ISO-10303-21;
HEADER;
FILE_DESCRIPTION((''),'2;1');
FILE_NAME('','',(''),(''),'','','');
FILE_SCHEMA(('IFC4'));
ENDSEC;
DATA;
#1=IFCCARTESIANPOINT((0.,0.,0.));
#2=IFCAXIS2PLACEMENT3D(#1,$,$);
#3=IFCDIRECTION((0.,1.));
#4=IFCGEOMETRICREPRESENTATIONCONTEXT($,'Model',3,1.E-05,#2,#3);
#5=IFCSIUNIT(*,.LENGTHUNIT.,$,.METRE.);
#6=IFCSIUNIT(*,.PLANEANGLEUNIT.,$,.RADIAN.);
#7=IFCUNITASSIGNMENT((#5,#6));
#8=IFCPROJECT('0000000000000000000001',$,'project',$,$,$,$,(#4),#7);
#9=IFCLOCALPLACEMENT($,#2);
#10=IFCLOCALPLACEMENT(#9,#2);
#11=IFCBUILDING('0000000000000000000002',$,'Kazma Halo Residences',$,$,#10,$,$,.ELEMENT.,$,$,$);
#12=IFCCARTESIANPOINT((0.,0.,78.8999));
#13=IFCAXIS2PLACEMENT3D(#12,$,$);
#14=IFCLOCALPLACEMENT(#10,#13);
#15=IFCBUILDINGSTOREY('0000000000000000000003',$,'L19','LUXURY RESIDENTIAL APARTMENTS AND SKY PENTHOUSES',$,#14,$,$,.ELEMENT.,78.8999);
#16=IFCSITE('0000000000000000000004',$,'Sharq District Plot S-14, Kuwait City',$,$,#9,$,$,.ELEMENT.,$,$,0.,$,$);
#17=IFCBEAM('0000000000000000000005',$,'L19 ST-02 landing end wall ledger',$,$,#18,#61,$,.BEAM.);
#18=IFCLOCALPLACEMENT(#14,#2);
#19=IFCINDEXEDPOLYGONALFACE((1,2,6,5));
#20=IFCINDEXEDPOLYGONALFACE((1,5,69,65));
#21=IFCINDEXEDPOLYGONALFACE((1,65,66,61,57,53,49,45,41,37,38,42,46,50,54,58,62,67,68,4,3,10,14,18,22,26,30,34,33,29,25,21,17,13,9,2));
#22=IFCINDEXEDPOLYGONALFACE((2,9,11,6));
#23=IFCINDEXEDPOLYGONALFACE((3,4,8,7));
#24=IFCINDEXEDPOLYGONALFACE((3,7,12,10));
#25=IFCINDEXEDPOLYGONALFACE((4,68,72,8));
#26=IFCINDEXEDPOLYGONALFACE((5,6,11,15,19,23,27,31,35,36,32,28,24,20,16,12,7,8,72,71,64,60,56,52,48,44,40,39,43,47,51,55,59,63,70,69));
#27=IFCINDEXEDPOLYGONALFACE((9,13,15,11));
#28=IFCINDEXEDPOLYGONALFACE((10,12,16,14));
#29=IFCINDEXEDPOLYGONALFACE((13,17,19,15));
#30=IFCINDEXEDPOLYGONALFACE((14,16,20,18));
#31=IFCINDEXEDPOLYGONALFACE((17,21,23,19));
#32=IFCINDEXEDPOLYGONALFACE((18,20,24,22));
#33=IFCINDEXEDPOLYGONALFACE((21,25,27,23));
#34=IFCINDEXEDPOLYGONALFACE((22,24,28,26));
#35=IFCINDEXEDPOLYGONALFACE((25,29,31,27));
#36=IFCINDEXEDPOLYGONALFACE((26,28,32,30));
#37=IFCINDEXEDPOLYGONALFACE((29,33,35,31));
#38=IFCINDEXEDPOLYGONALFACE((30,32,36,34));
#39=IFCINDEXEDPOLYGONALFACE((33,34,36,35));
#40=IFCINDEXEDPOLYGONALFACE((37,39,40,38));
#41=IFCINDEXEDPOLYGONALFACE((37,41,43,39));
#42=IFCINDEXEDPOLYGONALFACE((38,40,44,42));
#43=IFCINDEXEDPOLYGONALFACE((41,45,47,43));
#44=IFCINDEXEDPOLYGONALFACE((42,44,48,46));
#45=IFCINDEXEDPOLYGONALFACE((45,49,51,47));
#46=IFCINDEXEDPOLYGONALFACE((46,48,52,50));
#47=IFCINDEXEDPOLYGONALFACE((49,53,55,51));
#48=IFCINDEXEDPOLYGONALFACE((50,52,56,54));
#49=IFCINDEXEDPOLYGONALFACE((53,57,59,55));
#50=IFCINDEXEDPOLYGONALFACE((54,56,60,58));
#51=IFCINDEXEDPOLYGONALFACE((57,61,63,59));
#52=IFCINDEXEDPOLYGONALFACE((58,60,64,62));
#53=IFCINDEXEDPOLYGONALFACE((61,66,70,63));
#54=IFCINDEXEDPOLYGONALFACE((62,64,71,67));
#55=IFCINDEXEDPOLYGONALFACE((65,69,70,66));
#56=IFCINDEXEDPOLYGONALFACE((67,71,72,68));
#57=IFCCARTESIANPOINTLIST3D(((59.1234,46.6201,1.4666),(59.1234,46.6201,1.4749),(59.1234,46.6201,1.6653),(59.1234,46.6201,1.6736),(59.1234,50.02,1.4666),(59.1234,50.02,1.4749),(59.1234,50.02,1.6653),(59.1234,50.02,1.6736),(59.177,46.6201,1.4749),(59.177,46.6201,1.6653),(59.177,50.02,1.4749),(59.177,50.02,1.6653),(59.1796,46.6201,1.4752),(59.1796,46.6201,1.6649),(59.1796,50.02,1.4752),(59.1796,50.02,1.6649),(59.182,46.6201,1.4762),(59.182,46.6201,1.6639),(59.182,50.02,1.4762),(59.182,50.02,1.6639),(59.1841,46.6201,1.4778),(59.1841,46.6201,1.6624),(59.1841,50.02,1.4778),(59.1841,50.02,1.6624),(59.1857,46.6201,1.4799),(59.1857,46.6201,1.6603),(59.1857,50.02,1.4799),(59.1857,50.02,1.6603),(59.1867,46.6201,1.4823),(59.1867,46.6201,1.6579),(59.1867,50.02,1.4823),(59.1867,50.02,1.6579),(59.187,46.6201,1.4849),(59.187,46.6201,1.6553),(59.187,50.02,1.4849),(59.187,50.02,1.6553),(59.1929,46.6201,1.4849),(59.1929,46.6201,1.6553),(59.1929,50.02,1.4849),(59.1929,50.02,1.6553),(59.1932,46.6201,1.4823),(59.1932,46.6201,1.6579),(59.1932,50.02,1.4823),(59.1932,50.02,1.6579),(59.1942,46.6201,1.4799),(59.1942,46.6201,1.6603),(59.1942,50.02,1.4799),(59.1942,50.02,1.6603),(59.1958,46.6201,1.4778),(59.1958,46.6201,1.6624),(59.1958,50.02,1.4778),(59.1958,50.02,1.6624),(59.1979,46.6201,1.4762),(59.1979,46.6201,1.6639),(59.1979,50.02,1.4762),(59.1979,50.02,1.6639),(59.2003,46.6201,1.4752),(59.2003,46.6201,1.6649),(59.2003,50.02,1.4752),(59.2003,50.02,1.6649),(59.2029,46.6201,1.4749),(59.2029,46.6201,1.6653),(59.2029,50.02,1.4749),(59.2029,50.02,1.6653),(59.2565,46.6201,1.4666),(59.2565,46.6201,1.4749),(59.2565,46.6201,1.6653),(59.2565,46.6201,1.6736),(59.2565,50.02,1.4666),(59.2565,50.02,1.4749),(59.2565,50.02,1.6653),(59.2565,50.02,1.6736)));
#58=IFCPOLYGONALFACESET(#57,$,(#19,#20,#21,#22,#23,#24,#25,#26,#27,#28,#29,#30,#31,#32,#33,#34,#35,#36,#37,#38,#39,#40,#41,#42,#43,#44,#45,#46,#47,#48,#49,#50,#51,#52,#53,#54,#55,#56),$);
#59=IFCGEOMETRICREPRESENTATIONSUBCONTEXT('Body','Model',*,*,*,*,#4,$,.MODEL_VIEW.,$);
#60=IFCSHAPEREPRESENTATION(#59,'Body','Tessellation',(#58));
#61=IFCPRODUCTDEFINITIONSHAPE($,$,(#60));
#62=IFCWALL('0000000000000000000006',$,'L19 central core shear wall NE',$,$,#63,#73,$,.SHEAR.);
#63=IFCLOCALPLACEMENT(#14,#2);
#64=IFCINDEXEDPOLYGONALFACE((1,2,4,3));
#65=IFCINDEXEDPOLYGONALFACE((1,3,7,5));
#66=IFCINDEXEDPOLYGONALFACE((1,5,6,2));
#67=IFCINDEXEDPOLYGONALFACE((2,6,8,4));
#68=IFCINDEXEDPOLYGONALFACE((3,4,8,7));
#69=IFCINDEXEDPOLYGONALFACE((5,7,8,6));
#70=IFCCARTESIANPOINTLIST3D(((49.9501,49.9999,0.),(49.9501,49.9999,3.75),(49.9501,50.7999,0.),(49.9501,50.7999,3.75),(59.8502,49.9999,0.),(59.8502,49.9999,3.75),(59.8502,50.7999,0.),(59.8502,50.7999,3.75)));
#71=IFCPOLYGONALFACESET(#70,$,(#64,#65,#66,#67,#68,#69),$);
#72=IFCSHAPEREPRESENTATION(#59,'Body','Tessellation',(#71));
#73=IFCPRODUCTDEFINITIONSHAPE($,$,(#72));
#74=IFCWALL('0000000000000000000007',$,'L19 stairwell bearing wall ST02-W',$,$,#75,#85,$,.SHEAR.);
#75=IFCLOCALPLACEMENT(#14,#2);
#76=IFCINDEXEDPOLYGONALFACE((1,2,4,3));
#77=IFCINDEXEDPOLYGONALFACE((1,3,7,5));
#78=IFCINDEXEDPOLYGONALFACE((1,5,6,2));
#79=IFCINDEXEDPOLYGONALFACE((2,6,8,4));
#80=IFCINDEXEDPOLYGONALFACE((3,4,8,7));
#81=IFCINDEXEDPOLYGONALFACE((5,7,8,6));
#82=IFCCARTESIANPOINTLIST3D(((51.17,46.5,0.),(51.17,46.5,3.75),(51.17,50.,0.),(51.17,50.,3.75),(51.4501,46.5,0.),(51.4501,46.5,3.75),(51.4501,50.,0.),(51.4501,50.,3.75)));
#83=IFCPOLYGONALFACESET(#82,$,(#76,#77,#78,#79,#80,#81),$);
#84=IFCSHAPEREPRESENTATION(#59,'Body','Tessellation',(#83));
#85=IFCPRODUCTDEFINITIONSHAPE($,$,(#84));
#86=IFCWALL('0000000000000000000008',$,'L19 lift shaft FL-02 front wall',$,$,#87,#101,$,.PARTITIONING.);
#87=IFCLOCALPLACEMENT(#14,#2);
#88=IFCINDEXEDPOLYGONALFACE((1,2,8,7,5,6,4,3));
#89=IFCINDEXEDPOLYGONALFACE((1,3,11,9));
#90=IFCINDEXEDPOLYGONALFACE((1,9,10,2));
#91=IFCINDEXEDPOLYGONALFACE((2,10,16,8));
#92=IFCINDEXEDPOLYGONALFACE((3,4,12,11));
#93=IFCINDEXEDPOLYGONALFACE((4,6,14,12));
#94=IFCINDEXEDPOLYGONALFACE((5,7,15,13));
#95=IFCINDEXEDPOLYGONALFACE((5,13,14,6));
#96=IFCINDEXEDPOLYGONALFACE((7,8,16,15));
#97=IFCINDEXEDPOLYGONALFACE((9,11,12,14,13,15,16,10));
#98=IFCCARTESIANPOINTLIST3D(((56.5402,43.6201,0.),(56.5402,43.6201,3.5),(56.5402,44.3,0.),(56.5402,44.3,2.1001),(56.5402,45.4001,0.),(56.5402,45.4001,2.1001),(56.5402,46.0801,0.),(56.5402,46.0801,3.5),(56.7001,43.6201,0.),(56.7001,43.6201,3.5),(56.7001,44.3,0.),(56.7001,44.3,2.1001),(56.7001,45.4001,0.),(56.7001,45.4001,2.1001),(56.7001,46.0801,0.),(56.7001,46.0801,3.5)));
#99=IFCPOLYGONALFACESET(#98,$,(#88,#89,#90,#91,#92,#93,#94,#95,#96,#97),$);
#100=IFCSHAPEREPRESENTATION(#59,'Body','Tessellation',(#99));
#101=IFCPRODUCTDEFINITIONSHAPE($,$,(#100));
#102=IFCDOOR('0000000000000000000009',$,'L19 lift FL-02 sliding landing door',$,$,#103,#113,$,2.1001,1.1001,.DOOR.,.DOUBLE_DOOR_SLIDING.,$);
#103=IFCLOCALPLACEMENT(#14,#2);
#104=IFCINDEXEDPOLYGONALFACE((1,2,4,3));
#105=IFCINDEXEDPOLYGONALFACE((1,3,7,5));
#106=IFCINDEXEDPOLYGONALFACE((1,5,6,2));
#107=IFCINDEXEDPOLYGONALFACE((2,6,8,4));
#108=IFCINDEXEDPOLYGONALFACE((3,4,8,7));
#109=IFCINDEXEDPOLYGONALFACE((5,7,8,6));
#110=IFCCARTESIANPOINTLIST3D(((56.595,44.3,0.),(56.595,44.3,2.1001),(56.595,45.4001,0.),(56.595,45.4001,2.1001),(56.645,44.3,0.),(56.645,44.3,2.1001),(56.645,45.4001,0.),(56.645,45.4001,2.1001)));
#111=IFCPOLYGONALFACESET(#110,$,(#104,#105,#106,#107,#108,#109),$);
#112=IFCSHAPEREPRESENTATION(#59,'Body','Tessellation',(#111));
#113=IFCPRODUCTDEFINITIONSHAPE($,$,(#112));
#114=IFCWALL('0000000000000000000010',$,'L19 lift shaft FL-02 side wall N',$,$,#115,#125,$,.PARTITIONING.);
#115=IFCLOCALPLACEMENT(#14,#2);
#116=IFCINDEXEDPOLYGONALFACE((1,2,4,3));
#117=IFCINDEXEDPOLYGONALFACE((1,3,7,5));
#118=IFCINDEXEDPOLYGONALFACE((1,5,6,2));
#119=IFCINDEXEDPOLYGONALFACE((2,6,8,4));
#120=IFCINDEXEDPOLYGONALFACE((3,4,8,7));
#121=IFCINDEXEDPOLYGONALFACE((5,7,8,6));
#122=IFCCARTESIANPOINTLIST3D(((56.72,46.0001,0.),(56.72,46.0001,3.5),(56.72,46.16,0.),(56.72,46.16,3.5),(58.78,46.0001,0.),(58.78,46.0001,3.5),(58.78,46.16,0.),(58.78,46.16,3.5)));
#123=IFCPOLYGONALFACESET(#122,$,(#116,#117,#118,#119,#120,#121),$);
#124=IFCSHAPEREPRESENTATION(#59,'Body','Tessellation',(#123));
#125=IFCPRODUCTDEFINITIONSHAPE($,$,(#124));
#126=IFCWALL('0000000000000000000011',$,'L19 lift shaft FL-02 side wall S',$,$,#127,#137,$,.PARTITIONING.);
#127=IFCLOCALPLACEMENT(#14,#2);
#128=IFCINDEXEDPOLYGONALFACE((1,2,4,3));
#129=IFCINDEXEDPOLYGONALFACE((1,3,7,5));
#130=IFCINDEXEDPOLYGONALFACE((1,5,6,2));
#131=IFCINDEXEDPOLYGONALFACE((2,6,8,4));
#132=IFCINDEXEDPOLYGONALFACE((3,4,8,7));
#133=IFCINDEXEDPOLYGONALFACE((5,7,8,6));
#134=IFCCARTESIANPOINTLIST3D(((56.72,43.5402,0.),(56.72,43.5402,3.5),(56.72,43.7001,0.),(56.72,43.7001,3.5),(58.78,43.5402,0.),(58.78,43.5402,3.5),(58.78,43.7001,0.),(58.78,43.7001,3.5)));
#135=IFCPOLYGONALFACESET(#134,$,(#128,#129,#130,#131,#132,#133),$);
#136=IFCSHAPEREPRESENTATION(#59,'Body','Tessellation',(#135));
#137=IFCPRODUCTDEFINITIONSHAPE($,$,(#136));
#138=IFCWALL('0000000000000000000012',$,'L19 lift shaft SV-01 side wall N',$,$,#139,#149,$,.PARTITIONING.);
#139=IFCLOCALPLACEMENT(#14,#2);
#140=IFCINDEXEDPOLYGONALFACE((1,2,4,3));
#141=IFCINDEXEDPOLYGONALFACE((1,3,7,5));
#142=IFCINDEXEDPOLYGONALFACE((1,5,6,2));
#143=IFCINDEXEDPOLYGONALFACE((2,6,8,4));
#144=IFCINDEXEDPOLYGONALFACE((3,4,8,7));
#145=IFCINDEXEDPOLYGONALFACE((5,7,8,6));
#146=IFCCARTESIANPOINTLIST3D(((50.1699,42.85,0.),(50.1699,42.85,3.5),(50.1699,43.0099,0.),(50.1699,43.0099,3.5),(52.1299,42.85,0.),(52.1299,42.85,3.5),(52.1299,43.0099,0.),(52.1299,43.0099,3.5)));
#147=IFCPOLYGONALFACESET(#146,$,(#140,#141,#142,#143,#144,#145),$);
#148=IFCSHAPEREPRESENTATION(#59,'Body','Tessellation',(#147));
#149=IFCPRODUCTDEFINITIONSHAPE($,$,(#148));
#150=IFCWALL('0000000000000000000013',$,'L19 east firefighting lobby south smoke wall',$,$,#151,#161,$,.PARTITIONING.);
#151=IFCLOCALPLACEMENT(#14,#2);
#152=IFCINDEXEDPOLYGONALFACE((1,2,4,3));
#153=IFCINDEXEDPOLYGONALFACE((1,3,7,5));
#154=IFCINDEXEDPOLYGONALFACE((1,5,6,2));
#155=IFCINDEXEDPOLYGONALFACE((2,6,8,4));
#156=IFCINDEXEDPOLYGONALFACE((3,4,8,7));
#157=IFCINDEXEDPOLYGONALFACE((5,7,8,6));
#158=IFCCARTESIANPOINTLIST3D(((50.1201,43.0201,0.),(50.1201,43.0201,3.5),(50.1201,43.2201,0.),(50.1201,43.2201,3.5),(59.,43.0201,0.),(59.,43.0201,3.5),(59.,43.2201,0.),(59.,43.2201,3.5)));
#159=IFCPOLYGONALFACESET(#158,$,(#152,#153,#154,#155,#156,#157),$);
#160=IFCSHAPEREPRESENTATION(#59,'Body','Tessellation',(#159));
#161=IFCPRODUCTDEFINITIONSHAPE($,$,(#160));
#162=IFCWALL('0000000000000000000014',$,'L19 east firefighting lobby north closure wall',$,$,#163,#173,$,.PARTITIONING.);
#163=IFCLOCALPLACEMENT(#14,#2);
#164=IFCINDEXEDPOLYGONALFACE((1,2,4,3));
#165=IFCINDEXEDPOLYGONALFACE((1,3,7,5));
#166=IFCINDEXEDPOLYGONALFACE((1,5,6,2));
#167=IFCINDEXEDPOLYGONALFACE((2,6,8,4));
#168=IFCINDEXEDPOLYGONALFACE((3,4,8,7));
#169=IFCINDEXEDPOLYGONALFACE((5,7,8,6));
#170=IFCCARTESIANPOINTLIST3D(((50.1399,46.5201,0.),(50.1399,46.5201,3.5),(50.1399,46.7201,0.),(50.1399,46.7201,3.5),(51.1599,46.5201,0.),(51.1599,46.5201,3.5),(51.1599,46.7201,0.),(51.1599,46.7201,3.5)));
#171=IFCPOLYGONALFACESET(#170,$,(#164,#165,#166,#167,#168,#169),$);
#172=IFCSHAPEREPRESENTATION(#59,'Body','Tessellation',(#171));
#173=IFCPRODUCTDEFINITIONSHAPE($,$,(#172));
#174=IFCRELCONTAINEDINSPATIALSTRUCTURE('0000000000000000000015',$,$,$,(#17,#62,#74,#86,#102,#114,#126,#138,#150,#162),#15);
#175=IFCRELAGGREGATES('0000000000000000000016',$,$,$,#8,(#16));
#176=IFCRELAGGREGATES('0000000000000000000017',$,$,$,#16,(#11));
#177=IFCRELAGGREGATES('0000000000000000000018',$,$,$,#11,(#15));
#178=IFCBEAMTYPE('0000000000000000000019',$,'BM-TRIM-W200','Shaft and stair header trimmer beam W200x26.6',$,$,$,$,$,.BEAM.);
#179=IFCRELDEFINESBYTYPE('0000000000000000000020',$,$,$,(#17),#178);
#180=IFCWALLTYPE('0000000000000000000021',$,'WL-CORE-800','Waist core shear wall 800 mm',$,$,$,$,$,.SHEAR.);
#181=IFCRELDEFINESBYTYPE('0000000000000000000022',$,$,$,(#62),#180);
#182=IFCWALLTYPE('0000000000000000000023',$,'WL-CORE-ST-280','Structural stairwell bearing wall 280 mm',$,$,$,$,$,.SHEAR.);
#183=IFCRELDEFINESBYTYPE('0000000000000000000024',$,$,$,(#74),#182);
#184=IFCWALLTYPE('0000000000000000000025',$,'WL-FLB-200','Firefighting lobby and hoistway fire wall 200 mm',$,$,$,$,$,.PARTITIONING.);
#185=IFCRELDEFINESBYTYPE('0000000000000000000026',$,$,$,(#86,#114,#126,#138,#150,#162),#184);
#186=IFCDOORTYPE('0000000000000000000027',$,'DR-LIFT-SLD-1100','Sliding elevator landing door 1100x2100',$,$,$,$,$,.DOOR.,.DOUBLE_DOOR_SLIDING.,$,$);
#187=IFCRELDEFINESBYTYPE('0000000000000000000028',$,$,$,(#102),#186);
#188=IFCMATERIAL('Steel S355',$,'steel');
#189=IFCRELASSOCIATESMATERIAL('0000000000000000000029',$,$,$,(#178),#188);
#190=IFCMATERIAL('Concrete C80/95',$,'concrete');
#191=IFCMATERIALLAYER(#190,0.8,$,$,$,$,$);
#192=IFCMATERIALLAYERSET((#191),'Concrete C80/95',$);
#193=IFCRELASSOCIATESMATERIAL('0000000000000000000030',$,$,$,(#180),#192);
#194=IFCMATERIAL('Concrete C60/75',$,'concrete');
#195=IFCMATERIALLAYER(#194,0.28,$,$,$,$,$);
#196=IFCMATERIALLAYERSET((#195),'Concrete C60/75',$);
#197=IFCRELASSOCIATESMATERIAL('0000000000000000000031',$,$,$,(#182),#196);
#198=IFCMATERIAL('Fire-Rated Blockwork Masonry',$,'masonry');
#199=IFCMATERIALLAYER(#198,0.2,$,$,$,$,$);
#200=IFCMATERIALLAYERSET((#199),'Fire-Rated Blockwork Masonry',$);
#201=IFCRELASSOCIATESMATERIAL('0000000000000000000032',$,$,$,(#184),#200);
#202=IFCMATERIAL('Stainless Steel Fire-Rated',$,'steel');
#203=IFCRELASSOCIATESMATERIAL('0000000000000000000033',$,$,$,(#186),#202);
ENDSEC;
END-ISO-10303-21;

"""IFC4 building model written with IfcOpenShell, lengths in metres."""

from ifc_helpers import new_model, si_unit, direction, frame, frame_2d, origin, origin_2d, place, context, subcontext, project, spatial, rectangle, i_section, extrude, material, layer, layer_set, material_profile, profile_set, type_object, element, fill, save


model = new_model("IFC4")

# Units and contexts
model_context = context("Model", 3, precision=1e-05, world=origin(), true_north=direction((0.0, 1.0)))
body_context = subcontext(model_context, "Body", "Model", "MODEL_VIEW")
ifc_project = project(units=[si_unit("LENGTHUNIT", "METRE"), si_unit("PLANEANGLEUNIT", "RADIAN")], contexts=[model_context])

# Site, building, storey
site_placement = place(None, origin())
site = spatial("IfcSite", under=ifc_project, at=site_placement, Name="Sharq District Plot S-14, Kuwait City", CompositionType="ELEMENT", RefElevation=0.0)
building_placement = place(site_placement, origin())
building = spatial("IfcBuilding", under=site, at=building_placement, Name="Kazma Halo Residences", CompositionType="ELEMENT")
storey_placement = place(building_placement, frame((0.0, 0.0, 78.8999)))
storey = spatial("IfcBuildingStorey", under=building, at=storey_placement, Name="L19", Description="LUXURY RESIDENTIAL APARTMENTS AND SKY PENTHOUSES", CompositionType="ELEMENT", Elevation=78.8999)

# Shared definitions
ifc_material_1 = material(Name="Steel S355", Category="steel")

# Beam
ifc_material_profile_1 = material_profile(ifc_material_1, i_section(OverallWidth=0.1331, OverallDepth=0.207, WebThickness=0.0059, FlangeThickness=0.0083, FilletRadius=0.01, at=origin_2d()), Name="W200x26.6")
ifc_profile_set_1 = profile_set([ifc_material_profile_1], Name="Steel S355")
beam_type_1 = type_object("IfcBeamType", Name="BM-TRIM-W200", Description="Shaft and stair header trimmer beam W200x26.6", PredefinedType="BEAM", material=ifc_profile_set_1)
beam_1_placement = place(storey_placement, frame((59.1899, 46.6201, 1.5701), z_axis=(0.0, 1.0, 0.0), x_axis=(-1.0, 0.0, 0.0)))
element("IfcBeam", 1, at=beam_1_placement, inside=storey, type_object=beam_type_1, Name="L19 ST-02 landing end wall ledger", PredefinedType="BEAM", context=body_context, shape_type="SweptSolid", body=[
    extrude(i_section(OverallWidth=0.1331, OverallDepth=0.207, WebThickness=0.0059, FlangeThickness=0.0083, FilletRadius=0.01, at=origin_2d()), origin(), (0.0, 0.0, 1.0), 3.3999),
])

# Walls
ifc_material_2 = material(Name="Concrete C80/95", Category="concrete")
ifc_layer_1 = layer(ifc_material_2, 0.8)
ifc_layer_set_1 = layer_set([ifc_layer_1], Name="Concrete C80/95")
wall_type_1 = type_object("IfcWallType", Name="WL-CORE-800", Description="Waist core shear wall 800 mm", PredefinedType="SHEAR", material=ifc_layer_set_1)
wall_1_placement = place(storey_placement, frame((49.95, 50.3999, 0.0), z_axis=(0.0, 0.0, 1.0), x_axis=(1.0, 0.0, 0.0)))
element("IfcWall", 2, at=wall_1_placement, inside=storey, type_object=wall_type_1, Name="L19 central core shear wall NE", PredefinedType="SHEAR", context=body_context, shape_type="SweptSolid", body=[
    extrude(rectangle(XDim=9.9001, YDim=0.8, at=frame_2d((4.9502, 0.0))), origin(), (0.0, 0.0, 1.0), 3.75),
])
ifc_material_3 = material(Name="Concrete C60/75", Category="concrete")
ifc_layer_2 = layer(ifc_material_3, 0.28)
ifc_layer_set_2 = layer_set([ifc_layer_2], Name="Concrete C60/75")
wall_type_2 = type_object("IfcWallType", Name="WL-CORE-ST-280", Description="Structural stairwell bearing wall 280 mm", PredefinedType="SHEAR", material=ifc_layer_set_2)
wall_2_placement = place(storey_placement, frame((51.3101, 46.5, 0.0), z_axis=(0.0, 0.0, 1.0), x_axis=(0.0, 1.0, 0.0)))
element("IfcWall", 3, at=wall_2_placement, inside=storey, type_object=wall_type_2, Name="L19 stairwell bearing wall ST02-W", PredefinedType="SHEAR", context=body_context, shape_type="SweptSolid", body=[
    extrude(rectangle(XDim=3.5, YDim=0.28, at=frame_2d((1.75, 0.0))), origin(), (0.0, 0.0, 1.0), 3.75),
])

# Wall, opening, door
ifc_material_4 = material(Name="Fire-Rated Blockwork Masonry", Category="masonry")
ifc_layer_3 = layer(ifc_material_4, 0.2)
ifc_layer_set_3 = layer_set([ifc_layer_3], Name="Fire-Rated Blockwork Masonry")
wall_type_3 = type_object("IfcWallType", Name="WL-FLB-200", Description="Firefighting lobby and hoistway fire wall 200 mm", PredefinedType="PARTITIONING", material=ifc_layer_set_3)
wall_3_placement = place(storey_placement, frame((56.6201, 46.0801, 0.0), z_axis=(0.0, 0.0, 1.0), x_axis=(0.0, -1.0, 0.0)))
wall_3 = element("IfcWall", 4, at=wall_3_placement, inside=storey, type_object=wall_type_3, Name="L19 lift shaft FL-02 front wall", PredefinedType="PARTITIONING", context=body_context, shape_type="SweptSolid", body=[
    extrude(rectangle(XDim=2.46, YDim=0.1599, at=frame_2d((1.23, 0.0))), origin(), (0.0, 0.0, 1.0), 3.5),
])
opening_1_placement = place(wall_3_placement, frame((0.6799, 0.0, 0.0)))
opening_1 = element("IfcOpeningElement", 5, at=opening_1_placement, cuts=wall_3, PredefinedType="OPENING", context=body_context, shape_type="SweptSolid", body=[
    extrude(rectangle(XDim=1.1001, YDim=2.1001, at=frame_2d((0.55, 1.05))), frame((0.0, 0.0898, 0.0), z_axis=(0.0, -1.0, 0.0), x_axis=(1.0, 0.0, 0.0)), (0.0, 0.0, 1.0), 0.1799),
])
ifc_material_5 = material(Name="Stainless Steel Fire-Rated", Category="steel")
door_type_1 = type_object("IfcDoorType", Name="DR-LIFT-SLD-1100", Description="Sliding elevator landing door 1100x2100", OperationType="DOUBLE_DOOR_SLIDING", PredefinedType="DOOR", material=ifc_material_5)
door_1_placement = place(opening_1_placement, origin())
door_1 = element("IfcDoor", 6, at=door_1_placement, inside=storey, type_object=door_type_1, Name="L19 lift FL-02 sliding landing door", OperationType="DOUBLE_DOOR_SLIDING", OverallHeight=2.1001, OverallWidth=1.1001, PredefinedType="DOOR", context=body_context, shape_type="SweptSolid", body=[
    extrude(rectangle(XDim=1.1001, YDim=2.1001, at=frame_2d((0.55, 1.05))), frame((0.0, 0.0249, 0.0), z_axis=(0.0, -1.0, 0.0), x_axis=(1.0, 0.0, 0.0)), (0.0, 0.0, 1.0), 0.05),
])
fill(opening_1, door_1)

# Walls
for number, where, z_axis, x_axis, name in (
    (7, (56.72, 46.0801, 0.0), (0.0, 0.0, 1.0), (1.0, 0.0, 0.0), "L19 lift shaft FL-02 side wall N"),
    (8, (56.72, 43.6201, 0.0), (0.0, 0.0, 1.0), (1.0, 0.0, 0.0), "L19 lift shaft FL-02 side wall S"),
):
    element("IfcWall", number, at=place(storey_placement, frame(where, z_axis=z_axis, x_axis=x_axis)), inside=storey, type_object=wall_type_3, Name=name, PredefinedType="PARTITIONING", context=body_context, shape_type="SweptSolid", body=[
        extrude(rectangle(XDim=2.0601, YDim=0.1599, at=frame_2d((1.03, 0.0))), origin(), (0.0, 0.0, 1.0), 3.5),
    ])
wall_4_placement = place(storey_placement, frame((50.1699, 42.9299, 0.0), z_axis=(0.0, 0.0, 1.0), x_axis=(1.0, 0.0, 0.0)))
element("IfcWall", 9, at=wall_4_placement, inside=storey, type_object=wall_type_3, Name="L19 lift shaft SV-01 side wall N", PredefinedType="PARTITIONING", context=body_context, shape_type="SweptSolid", body=[
    extrude(rectangle(XDim=1.96, YDim=0.1599, at=frame_2d((0.98, 0.0))), origin(), (0.0, 0.0, 1.0), 3.5),
])
wall_5_placement = place(storey_placement, frame((50.1201, 43.1201, 0.0), z_axis=(0.0, 0.0, 1.0), x_axis=(1.0, 0.0, 0.0)))
element("IfcWall", 10, at=wall_5_placement, inside=storey, type_object=wall_type_3, Name="L19 east firefighting lobby south smoke wall", PredefinedType="PARTITIONING", context=body_context, shape_type="SweptSolid", body=[
    extrude(rectangle(XDim=8.8799, YDim=0.2, at=frame_2d((4.4399, 0.0))), origin(), (0.0, 0.0, 1.0), 3.5),
])
wall_6_placement = place(storey_placement, frame((50.1399, 46.6201, 0.0), z_axis=(0.0, 0.0, 1.0), x_axis=(1.0, 0.0, 0.0)))
element("IfcWall", 11, at=wall_6_placement, inside=storey, type_object=wall_type_3, Name="L19 east firefighting lobby north closure wall", PredefinedType="PARTITIONING", context=body_context, shape_type="SweptSolid", body=[
    extrude(rectangle(XDim=1.02, YDim=0.2, at=frame_2d((0.51, 0.0))), origin(), (0.0, 0.0, 1.0), 3.5),
])

save(model, "model.ifc")
